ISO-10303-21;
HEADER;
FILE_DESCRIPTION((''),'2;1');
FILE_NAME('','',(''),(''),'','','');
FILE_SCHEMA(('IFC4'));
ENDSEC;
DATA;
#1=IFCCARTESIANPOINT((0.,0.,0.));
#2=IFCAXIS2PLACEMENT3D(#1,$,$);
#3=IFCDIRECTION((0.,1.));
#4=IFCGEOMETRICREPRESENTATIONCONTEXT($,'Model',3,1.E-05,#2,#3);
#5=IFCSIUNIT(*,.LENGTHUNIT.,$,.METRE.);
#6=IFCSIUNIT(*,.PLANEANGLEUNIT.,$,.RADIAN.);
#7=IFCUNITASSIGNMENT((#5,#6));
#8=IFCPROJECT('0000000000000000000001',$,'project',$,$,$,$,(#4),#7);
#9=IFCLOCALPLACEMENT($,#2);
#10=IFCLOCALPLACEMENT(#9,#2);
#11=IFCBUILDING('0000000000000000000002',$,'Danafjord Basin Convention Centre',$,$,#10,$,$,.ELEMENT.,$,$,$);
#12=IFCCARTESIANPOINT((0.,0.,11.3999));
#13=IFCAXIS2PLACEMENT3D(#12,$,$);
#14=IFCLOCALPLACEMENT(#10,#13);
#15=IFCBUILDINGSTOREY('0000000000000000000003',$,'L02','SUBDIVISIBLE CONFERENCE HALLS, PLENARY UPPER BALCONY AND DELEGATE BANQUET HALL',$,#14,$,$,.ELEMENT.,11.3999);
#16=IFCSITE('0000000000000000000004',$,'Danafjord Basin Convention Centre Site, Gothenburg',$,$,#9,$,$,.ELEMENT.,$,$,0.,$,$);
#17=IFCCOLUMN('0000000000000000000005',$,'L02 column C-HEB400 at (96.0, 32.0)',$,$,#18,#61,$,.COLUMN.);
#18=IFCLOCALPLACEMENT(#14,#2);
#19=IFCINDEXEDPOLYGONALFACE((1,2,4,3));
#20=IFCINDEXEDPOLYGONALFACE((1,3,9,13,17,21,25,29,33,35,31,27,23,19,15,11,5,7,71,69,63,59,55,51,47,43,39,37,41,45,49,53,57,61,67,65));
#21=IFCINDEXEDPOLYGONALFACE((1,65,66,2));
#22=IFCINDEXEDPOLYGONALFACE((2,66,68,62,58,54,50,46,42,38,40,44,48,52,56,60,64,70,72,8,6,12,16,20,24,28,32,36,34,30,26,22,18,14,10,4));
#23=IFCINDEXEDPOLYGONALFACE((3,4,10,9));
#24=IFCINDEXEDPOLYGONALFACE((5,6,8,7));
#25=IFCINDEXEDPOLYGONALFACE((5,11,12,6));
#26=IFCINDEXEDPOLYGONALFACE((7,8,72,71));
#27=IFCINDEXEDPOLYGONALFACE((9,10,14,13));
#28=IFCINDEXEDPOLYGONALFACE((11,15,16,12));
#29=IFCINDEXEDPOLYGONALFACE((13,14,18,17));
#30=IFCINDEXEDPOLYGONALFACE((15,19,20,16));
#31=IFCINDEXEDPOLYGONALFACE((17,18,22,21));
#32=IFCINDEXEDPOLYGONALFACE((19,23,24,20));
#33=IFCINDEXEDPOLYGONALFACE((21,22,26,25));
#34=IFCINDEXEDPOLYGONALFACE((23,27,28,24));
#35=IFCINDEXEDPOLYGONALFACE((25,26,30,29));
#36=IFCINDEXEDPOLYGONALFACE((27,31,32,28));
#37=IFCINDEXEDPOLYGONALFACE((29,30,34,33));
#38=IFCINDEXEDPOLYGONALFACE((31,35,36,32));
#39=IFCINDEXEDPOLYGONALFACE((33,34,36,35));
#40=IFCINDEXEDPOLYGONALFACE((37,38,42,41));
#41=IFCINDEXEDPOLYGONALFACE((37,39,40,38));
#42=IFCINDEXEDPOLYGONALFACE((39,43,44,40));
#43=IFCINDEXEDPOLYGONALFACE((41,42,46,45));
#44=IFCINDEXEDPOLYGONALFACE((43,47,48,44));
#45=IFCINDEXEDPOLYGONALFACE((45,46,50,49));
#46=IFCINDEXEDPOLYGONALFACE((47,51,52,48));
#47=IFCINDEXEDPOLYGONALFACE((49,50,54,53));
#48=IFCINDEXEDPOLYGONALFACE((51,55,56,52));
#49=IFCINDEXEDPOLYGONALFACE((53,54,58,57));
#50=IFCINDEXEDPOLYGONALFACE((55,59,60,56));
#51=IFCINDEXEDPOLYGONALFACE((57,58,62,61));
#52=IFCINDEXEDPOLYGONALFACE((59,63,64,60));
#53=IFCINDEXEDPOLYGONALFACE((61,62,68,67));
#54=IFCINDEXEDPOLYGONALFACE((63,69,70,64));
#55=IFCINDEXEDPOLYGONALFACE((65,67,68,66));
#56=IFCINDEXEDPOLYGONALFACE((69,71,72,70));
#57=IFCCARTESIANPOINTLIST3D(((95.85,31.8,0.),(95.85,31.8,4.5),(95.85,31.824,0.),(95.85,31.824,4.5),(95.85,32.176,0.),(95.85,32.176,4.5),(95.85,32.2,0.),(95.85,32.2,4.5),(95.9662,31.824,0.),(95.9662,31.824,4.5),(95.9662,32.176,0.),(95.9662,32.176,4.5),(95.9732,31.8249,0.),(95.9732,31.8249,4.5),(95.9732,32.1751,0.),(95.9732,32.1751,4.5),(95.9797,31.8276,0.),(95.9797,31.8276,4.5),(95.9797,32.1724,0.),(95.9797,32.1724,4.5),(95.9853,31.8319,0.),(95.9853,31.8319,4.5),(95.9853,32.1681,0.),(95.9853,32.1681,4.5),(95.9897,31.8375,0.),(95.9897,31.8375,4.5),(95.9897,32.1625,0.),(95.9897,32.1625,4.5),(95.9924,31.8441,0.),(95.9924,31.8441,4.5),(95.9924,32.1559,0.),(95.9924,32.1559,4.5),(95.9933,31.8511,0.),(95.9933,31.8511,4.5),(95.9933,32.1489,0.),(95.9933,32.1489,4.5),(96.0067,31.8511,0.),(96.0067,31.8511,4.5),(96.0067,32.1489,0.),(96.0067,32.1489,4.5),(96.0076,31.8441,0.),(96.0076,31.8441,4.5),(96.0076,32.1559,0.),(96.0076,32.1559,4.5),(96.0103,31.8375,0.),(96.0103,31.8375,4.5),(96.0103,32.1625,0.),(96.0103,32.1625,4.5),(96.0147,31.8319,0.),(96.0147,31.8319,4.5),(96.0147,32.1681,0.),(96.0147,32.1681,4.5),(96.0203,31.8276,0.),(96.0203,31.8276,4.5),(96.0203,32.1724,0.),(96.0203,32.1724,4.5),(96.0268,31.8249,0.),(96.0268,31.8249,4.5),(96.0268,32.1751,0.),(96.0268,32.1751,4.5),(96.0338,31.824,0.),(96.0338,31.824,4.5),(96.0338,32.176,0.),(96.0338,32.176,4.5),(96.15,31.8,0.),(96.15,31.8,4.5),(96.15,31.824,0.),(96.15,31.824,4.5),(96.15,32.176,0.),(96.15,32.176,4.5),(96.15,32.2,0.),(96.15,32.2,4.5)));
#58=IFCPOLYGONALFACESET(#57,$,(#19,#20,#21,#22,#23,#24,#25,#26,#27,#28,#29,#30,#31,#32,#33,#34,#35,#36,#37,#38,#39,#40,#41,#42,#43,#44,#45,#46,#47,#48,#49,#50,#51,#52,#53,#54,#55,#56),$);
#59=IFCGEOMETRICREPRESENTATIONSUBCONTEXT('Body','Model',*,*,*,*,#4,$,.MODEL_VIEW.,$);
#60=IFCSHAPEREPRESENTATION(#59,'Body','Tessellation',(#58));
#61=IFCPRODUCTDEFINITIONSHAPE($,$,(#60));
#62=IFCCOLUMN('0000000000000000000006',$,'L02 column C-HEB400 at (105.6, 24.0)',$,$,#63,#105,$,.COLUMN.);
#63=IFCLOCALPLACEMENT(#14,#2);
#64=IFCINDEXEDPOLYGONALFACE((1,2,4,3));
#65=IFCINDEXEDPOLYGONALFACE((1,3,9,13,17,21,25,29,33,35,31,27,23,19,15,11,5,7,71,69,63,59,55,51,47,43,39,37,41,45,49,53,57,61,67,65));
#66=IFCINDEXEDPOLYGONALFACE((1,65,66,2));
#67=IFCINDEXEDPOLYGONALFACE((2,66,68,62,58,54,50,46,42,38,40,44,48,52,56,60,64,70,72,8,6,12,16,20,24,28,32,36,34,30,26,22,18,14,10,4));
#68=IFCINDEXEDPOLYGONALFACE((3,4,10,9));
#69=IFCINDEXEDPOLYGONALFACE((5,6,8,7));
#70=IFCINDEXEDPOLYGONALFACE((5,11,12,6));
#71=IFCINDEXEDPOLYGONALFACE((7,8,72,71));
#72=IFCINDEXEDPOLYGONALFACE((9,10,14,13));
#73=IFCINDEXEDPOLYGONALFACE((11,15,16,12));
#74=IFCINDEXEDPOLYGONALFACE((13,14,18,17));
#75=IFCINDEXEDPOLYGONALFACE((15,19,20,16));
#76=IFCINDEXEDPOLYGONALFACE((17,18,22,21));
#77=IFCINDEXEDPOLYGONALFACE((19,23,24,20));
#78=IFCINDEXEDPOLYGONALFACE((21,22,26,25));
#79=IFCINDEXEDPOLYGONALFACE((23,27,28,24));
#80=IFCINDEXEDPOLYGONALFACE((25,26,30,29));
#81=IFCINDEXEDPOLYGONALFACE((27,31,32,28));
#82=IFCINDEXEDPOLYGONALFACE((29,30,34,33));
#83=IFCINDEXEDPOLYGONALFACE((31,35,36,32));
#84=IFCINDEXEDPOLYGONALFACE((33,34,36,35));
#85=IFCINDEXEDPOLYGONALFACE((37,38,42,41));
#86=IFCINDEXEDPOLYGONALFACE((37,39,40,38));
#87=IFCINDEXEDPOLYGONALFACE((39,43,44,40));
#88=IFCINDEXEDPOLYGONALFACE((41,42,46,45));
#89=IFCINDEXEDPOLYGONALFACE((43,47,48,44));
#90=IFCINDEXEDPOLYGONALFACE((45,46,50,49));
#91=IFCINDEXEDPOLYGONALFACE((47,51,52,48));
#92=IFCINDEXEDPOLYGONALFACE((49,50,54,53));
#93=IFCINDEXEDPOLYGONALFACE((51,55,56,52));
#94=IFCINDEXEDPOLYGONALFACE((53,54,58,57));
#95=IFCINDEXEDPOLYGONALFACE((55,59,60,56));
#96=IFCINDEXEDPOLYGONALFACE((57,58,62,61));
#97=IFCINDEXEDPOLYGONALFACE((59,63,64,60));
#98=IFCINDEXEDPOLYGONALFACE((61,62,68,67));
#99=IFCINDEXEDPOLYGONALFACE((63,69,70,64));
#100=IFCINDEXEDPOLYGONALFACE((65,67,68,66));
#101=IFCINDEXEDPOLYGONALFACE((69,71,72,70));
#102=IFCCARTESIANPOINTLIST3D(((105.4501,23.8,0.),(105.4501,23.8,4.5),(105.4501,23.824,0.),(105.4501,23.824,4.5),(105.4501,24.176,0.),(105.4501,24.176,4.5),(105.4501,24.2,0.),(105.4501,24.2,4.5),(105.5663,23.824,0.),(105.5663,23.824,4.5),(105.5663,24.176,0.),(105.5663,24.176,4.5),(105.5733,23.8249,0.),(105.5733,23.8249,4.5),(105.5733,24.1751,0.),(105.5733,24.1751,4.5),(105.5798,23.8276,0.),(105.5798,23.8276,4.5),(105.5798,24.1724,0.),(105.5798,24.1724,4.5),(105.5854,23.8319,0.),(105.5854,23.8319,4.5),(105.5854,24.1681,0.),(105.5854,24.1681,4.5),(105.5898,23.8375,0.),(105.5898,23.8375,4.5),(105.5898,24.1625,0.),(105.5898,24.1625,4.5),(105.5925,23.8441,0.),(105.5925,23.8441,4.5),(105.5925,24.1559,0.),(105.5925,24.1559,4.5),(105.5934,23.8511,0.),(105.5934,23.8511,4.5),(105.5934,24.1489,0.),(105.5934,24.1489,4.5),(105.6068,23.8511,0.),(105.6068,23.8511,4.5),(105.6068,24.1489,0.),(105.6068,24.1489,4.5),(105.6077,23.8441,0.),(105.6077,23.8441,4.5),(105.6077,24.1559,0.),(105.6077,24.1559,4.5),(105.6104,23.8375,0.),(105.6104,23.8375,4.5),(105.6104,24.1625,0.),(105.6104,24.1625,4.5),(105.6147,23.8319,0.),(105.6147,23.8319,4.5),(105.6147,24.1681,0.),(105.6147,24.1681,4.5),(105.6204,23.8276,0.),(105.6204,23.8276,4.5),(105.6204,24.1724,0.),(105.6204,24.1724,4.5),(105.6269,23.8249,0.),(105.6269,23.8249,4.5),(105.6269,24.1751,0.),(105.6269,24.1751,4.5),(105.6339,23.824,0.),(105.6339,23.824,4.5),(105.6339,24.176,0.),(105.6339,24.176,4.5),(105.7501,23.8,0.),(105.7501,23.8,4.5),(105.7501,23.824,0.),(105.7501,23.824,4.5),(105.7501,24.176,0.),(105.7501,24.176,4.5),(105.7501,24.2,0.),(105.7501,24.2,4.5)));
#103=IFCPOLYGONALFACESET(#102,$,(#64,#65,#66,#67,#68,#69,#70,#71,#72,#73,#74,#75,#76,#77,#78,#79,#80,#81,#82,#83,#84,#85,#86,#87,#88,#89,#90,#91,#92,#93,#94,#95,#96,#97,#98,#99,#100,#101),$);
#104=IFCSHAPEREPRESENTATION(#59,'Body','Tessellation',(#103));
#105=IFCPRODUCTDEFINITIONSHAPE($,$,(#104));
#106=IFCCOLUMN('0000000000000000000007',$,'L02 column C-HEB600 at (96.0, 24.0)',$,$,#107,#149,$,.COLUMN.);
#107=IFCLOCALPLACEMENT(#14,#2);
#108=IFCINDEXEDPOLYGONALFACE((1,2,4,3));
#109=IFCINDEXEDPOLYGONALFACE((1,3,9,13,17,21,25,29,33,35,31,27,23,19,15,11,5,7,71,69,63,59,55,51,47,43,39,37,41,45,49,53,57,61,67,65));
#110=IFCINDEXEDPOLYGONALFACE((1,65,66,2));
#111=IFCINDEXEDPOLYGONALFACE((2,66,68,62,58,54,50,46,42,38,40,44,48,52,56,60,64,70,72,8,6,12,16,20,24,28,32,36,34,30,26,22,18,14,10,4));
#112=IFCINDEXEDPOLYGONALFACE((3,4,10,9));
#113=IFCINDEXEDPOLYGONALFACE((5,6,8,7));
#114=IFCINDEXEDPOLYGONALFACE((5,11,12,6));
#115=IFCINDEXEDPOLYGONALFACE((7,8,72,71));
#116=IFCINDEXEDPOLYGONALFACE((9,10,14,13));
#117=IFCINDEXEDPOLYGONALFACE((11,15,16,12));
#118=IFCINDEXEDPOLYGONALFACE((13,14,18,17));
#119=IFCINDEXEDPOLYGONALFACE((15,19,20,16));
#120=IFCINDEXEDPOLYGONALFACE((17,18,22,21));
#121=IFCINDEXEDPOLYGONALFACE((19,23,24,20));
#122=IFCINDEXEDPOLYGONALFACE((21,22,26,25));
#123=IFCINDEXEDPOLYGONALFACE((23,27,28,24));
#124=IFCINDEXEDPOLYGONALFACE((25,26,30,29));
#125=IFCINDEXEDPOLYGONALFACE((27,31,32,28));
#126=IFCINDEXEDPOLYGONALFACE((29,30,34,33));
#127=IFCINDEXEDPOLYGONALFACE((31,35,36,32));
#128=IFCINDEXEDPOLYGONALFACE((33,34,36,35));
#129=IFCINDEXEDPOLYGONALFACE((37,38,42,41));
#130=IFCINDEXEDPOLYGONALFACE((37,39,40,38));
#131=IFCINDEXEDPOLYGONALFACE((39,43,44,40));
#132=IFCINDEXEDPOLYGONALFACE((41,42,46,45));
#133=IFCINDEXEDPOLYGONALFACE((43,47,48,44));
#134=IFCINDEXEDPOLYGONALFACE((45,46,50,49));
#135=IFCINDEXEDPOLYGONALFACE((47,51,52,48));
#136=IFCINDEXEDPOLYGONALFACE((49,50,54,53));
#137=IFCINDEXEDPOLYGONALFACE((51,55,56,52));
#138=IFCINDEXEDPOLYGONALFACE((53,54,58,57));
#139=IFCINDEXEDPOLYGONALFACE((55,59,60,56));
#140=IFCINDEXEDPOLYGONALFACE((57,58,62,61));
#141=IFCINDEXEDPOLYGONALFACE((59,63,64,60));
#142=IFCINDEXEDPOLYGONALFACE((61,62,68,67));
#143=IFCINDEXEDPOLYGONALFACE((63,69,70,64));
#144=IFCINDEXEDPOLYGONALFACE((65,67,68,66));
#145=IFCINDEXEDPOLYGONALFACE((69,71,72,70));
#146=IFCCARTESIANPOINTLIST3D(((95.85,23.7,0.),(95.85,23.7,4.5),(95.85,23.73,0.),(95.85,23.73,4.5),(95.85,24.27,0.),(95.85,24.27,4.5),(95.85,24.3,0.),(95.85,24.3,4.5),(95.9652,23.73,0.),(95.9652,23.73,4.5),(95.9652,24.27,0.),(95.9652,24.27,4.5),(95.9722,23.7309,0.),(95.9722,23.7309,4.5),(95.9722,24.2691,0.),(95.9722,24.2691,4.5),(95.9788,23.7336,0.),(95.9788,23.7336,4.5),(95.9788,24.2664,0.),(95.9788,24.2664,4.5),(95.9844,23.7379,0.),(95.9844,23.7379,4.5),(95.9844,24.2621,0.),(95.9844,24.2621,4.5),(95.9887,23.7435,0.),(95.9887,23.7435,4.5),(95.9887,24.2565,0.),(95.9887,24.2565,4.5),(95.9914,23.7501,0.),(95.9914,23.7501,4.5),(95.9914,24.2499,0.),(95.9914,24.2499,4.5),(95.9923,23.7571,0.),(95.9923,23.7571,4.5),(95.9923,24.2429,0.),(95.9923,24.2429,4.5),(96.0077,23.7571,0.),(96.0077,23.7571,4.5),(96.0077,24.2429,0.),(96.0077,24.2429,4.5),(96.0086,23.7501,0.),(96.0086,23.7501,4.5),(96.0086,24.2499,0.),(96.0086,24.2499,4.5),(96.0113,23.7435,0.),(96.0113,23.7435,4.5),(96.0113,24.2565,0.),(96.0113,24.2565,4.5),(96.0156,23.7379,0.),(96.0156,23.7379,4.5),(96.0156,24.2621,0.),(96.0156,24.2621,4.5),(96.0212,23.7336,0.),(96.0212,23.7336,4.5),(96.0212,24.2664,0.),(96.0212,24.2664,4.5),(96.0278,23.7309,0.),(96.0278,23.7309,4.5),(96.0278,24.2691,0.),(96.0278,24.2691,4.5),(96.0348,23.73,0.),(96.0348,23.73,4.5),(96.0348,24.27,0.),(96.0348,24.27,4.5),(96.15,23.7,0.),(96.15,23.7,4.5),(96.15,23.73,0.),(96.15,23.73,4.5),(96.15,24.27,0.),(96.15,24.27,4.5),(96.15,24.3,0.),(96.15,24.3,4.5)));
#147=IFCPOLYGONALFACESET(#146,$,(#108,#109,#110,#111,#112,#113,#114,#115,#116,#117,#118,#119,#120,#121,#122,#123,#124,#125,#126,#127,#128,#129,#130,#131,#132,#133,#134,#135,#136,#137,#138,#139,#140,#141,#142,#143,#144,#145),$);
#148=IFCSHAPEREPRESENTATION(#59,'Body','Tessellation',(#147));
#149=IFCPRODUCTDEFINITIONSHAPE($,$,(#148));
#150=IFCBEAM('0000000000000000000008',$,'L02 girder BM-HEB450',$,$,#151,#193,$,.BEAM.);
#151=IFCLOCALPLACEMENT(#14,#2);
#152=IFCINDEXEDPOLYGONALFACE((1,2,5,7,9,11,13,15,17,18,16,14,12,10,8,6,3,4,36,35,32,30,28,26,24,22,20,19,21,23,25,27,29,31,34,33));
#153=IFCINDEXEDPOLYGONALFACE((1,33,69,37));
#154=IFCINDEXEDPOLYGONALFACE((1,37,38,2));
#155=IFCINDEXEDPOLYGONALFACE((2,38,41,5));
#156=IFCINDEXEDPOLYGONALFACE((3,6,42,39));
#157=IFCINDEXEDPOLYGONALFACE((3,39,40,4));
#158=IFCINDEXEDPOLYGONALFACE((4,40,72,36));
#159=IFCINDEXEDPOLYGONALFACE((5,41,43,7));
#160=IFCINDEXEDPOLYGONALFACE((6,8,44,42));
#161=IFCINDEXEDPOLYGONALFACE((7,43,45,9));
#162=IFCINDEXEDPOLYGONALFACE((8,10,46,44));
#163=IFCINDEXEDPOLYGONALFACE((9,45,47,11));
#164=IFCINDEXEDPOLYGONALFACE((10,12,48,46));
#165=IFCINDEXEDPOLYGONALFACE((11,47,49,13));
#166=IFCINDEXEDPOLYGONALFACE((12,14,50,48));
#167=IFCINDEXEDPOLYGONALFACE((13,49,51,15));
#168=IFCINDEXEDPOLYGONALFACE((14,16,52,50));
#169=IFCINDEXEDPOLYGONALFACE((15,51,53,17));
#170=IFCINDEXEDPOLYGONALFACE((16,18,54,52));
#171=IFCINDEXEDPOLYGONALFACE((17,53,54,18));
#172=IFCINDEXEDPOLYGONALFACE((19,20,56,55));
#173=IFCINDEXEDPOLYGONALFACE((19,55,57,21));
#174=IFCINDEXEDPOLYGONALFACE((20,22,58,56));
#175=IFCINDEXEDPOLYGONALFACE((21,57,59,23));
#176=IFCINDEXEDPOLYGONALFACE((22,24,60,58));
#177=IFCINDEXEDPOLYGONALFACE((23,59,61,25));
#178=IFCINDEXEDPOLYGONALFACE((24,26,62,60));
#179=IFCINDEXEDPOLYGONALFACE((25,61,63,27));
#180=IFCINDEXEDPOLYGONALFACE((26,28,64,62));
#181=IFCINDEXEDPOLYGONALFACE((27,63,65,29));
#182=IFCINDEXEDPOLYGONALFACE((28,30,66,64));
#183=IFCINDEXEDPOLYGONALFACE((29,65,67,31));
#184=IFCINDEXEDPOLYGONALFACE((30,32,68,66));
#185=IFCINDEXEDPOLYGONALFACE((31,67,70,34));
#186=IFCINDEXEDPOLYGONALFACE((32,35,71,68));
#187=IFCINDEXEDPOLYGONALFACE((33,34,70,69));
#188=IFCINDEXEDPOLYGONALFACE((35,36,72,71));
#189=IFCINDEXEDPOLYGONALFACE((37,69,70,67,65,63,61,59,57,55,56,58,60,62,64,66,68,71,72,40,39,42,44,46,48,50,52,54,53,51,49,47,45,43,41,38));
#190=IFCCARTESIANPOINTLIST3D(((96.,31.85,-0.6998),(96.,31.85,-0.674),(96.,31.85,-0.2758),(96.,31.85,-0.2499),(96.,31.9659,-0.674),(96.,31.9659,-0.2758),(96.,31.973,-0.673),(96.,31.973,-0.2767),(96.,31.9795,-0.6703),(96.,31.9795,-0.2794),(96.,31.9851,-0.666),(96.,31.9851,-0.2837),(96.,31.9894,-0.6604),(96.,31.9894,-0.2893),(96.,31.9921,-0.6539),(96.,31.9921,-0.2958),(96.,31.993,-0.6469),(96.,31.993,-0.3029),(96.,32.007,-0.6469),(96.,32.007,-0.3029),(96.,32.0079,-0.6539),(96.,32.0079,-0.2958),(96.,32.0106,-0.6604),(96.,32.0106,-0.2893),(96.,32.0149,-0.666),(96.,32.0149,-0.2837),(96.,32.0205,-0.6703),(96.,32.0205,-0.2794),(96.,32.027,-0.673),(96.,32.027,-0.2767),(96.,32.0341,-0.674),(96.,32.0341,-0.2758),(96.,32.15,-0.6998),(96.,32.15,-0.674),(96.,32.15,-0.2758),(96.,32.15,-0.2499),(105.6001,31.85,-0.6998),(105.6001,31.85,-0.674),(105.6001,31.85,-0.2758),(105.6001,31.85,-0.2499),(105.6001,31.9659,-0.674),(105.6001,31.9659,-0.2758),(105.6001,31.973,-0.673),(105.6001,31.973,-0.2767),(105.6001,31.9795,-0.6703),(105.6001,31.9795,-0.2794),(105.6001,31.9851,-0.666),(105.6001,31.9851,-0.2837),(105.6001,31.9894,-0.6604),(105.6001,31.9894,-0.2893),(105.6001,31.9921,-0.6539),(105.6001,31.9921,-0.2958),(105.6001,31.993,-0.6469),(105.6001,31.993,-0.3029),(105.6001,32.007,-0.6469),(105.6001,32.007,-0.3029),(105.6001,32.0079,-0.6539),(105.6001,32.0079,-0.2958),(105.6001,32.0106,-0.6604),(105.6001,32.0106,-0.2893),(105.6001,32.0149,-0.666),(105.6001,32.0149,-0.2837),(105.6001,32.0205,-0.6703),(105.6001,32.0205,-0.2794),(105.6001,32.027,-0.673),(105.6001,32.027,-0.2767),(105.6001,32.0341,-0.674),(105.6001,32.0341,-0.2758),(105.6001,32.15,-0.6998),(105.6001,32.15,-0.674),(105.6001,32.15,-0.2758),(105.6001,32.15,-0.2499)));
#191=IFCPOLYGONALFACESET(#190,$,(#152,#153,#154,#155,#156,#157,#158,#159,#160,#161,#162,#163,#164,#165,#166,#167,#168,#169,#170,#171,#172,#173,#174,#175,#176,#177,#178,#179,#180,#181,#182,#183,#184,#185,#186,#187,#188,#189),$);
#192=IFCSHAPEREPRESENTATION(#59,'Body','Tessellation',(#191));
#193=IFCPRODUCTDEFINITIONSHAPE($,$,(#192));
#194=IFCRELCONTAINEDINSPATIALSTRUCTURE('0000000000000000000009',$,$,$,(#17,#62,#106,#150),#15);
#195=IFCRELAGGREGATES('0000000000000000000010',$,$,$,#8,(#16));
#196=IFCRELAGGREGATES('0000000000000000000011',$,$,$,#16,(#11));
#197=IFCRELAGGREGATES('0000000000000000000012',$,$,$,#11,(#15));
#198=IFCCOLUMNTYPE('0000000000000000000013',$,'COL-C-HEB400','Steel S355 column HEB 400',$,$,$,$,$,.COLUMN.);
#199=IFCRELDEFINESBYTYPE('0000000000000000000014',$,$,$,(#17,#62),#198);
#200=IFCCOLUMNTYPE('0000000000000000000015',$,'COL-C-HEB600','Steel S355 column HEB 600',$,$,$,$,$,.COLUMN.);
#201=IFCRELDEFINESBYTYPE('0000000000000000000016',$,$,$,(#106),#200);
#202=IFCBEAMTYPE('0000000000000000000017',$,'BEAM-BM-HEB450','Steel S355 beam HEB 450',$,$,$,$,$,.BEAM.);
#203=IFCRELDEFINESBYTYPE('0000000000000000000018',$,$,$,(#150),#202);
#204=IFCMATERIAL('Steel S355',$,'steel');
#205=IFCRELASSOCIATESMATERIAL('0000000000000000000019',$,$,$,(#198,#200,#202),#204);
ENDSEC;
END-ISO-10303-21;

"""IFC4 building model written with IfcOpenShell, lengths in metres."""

from ifc_helpers import new_model, si_unit, direction, frame, origin, origin_2d, place, context, subcontext, project, spatial, i_section, extrude, material, material_profile, profile_set, type_object, element, save


model = new_model("IFC4")

# Units and contexts
model_context = context("Model", 3, precision=1e-05, world=origin(), true_north=direction((0.0, 1.0)))
body_context = subcontext(model_context, "Body", "Model", "MODEL_VIEW")
ifc_project = project(units=[si_unit("LENGTHUNIT", "METRE"), si_unit("PLANEANGLEUNIT", "RADIAN")], contexts=[model_context])

# Site, building, storey
site_placement = place(None, origin())
site = spatial("IfcSite", under=ifc_project, at=site_placement, Name="Danafjord Basin Convention Centre Site, Gothenburg", CompositionType="ELEMENT", RefElevation=0.0)
building_placement = place(site_placement, origin())
building = spatial("IfcBuilding", under=site, at=building_placement, Name="Danafjord Basin Convention Centre", CompositionType="ELEMENT")
storey_placement = place(building_placement, frame((0.0, 0.0, 11.3999)))
storey = spatial("IfcBuildingStorey", under=building, at=storey_placement, Name="L02", Description="SUBDIVISIBLE CONFERENCE HALLS, PLENARY UPPER BALCONY AND DELEGATE BANQUET HALL", CompositionType="ELEMENT", Elevation=11.3999)

# Columns
ifc_material_1 = material(Name="Steel S355", Category="steel")
ifc_material_profile_1 = material_profile(ifc_material_1, i_section(OverallWidth=0.3, OverallDepth=0.3999, WebThickness=0.0134, FlangeThickness=0.0239, FilletRadius=0.0271, at=origin_2d()), Name="HEB 400")
ifc_profile_set_1 = profile_set([ifc_material_profile_1], Name="Steel S355")
column_type_1 = type_object("IfcColumnType", Name="COL-C-HEB400", Description="Steel S355 column HEB 400", PredefinedType="COLUMN", material=ifc_profile_set_1)
for number, where, z_axis, x_axis, name in (
    (1, (96.0, 32.0, 0.0), (0.0, 0.0, 1.0), (1.0, 0.0, 0.0), "L02 column C-HEB400 at (96.0, 32.0)"),
    (2, (105.6001, 24.0, 0.0), (0.0, 0.0, 1.0), (1.0, 0.0, 0.0), "L02 column C-HEB400 at (105.6, 24.0)"),
):
    element("IfcColumn", number, at=place(storey_placement, frame(where, z_axis=z_axis, x_axis=x_axis)), inside=storey, type_object=column_type_1, Name=name, PredefinedType="COLUMN", context=body_context, shape_type="SweptSolid", body=[
        extrude(i_section(OverallWidth=0.3, OverallDepth=0.3999, WebThickness=0.0134, FlangeThickness=0.0239, FilletRadius=0.0271, at=origin_2d()), origin(), (0.0, 0.0, 1.0), 4.5),
    ])
ifc_material_profile_2 = material_profile(ifc_material_1, i_section(OverallWidth=0.3, OverallDepth=0.6001, WebThickness=0.0154, FlangeThickness=0.03, FilletRadius=0.0271, at=origin_2d()), Name="HEB 600")
ifc_profile_set_2 = profile_set([ifc_material_profile_2], Name="Steel S355")
column_type_2 = type_object("IfcColumnType", Name="COL-C-HEB600", Description="Steel S355 column HEB 600", PredefinedType="COLUMN", material=ifc_profile_set_2)
column_placement = place(storey_placement, frame((96.0, 24.0, 0.0), z_axis=(0.0, 0.0, 1.0), x_axis=(1.0, 0.0, 0.0)))
element("IfcColumn", 3, at=column_placement, inside=storey, type_object=column_type_2, Name="L02 column C-HEB600 at (96.0, 24.0)", PredefinedType="COLUMN", context=body_context, shape_type="SweptSolid", body=[
    extrude(i_section(OverallWidth=0.3, OverallDepth=0.6001, WebThickness=0.0154, FlangeThickness=0.03, FilletRadius=0.0271, at=origin_2d()), origin(), (0.0, 0.0, 1.0), 4.5),
])

# Beam
ifc_material_profile_3 = material_profile(ifc_material_1, i_section(OverallWidth=0.3, OverallDepth=0.45, WebThickness=0.0139, FlangeThickness=0.0259, FilletRadius=0.0271, at=origin_2d()), Name="HEB 450")
ifc_profile_set_3 = profile_set([ifc_material_profile_3], Name="Steel S355")
beam_type_1 = type_object("IfcBeamType", Name="BEAM-BM-HEB450", Description="Steel S355 beam HEB 450", PredefinedType="BEAM", material=ifc_profile_set_3)
beam_1_placement = place(storey_placement, frame((96.0, 32.0, -0.4749), z_axis=(1.0, 0.0, 0.0), x_axis=(0.0, 1.0, 0.0)))
element("IfcBeam", 4, at=beam_1_placement, inside=storey, type_object=beam_type_1, Name="L02 girder BM-HEB450", PredefinedType="BEAM", context=body_context, shape_type="SweptSolid", body=[
    extrude(i_section(OverallWidth=0.3, OverallDepth=0.45, WebThickness=0.0139, FlangeThickness=0.0259, FilletRadius=0.0271, at=origin_2d()), origin(), (0.0, 0.0, 1.0), 9.6001),
])

save(model, "model.ifc")
